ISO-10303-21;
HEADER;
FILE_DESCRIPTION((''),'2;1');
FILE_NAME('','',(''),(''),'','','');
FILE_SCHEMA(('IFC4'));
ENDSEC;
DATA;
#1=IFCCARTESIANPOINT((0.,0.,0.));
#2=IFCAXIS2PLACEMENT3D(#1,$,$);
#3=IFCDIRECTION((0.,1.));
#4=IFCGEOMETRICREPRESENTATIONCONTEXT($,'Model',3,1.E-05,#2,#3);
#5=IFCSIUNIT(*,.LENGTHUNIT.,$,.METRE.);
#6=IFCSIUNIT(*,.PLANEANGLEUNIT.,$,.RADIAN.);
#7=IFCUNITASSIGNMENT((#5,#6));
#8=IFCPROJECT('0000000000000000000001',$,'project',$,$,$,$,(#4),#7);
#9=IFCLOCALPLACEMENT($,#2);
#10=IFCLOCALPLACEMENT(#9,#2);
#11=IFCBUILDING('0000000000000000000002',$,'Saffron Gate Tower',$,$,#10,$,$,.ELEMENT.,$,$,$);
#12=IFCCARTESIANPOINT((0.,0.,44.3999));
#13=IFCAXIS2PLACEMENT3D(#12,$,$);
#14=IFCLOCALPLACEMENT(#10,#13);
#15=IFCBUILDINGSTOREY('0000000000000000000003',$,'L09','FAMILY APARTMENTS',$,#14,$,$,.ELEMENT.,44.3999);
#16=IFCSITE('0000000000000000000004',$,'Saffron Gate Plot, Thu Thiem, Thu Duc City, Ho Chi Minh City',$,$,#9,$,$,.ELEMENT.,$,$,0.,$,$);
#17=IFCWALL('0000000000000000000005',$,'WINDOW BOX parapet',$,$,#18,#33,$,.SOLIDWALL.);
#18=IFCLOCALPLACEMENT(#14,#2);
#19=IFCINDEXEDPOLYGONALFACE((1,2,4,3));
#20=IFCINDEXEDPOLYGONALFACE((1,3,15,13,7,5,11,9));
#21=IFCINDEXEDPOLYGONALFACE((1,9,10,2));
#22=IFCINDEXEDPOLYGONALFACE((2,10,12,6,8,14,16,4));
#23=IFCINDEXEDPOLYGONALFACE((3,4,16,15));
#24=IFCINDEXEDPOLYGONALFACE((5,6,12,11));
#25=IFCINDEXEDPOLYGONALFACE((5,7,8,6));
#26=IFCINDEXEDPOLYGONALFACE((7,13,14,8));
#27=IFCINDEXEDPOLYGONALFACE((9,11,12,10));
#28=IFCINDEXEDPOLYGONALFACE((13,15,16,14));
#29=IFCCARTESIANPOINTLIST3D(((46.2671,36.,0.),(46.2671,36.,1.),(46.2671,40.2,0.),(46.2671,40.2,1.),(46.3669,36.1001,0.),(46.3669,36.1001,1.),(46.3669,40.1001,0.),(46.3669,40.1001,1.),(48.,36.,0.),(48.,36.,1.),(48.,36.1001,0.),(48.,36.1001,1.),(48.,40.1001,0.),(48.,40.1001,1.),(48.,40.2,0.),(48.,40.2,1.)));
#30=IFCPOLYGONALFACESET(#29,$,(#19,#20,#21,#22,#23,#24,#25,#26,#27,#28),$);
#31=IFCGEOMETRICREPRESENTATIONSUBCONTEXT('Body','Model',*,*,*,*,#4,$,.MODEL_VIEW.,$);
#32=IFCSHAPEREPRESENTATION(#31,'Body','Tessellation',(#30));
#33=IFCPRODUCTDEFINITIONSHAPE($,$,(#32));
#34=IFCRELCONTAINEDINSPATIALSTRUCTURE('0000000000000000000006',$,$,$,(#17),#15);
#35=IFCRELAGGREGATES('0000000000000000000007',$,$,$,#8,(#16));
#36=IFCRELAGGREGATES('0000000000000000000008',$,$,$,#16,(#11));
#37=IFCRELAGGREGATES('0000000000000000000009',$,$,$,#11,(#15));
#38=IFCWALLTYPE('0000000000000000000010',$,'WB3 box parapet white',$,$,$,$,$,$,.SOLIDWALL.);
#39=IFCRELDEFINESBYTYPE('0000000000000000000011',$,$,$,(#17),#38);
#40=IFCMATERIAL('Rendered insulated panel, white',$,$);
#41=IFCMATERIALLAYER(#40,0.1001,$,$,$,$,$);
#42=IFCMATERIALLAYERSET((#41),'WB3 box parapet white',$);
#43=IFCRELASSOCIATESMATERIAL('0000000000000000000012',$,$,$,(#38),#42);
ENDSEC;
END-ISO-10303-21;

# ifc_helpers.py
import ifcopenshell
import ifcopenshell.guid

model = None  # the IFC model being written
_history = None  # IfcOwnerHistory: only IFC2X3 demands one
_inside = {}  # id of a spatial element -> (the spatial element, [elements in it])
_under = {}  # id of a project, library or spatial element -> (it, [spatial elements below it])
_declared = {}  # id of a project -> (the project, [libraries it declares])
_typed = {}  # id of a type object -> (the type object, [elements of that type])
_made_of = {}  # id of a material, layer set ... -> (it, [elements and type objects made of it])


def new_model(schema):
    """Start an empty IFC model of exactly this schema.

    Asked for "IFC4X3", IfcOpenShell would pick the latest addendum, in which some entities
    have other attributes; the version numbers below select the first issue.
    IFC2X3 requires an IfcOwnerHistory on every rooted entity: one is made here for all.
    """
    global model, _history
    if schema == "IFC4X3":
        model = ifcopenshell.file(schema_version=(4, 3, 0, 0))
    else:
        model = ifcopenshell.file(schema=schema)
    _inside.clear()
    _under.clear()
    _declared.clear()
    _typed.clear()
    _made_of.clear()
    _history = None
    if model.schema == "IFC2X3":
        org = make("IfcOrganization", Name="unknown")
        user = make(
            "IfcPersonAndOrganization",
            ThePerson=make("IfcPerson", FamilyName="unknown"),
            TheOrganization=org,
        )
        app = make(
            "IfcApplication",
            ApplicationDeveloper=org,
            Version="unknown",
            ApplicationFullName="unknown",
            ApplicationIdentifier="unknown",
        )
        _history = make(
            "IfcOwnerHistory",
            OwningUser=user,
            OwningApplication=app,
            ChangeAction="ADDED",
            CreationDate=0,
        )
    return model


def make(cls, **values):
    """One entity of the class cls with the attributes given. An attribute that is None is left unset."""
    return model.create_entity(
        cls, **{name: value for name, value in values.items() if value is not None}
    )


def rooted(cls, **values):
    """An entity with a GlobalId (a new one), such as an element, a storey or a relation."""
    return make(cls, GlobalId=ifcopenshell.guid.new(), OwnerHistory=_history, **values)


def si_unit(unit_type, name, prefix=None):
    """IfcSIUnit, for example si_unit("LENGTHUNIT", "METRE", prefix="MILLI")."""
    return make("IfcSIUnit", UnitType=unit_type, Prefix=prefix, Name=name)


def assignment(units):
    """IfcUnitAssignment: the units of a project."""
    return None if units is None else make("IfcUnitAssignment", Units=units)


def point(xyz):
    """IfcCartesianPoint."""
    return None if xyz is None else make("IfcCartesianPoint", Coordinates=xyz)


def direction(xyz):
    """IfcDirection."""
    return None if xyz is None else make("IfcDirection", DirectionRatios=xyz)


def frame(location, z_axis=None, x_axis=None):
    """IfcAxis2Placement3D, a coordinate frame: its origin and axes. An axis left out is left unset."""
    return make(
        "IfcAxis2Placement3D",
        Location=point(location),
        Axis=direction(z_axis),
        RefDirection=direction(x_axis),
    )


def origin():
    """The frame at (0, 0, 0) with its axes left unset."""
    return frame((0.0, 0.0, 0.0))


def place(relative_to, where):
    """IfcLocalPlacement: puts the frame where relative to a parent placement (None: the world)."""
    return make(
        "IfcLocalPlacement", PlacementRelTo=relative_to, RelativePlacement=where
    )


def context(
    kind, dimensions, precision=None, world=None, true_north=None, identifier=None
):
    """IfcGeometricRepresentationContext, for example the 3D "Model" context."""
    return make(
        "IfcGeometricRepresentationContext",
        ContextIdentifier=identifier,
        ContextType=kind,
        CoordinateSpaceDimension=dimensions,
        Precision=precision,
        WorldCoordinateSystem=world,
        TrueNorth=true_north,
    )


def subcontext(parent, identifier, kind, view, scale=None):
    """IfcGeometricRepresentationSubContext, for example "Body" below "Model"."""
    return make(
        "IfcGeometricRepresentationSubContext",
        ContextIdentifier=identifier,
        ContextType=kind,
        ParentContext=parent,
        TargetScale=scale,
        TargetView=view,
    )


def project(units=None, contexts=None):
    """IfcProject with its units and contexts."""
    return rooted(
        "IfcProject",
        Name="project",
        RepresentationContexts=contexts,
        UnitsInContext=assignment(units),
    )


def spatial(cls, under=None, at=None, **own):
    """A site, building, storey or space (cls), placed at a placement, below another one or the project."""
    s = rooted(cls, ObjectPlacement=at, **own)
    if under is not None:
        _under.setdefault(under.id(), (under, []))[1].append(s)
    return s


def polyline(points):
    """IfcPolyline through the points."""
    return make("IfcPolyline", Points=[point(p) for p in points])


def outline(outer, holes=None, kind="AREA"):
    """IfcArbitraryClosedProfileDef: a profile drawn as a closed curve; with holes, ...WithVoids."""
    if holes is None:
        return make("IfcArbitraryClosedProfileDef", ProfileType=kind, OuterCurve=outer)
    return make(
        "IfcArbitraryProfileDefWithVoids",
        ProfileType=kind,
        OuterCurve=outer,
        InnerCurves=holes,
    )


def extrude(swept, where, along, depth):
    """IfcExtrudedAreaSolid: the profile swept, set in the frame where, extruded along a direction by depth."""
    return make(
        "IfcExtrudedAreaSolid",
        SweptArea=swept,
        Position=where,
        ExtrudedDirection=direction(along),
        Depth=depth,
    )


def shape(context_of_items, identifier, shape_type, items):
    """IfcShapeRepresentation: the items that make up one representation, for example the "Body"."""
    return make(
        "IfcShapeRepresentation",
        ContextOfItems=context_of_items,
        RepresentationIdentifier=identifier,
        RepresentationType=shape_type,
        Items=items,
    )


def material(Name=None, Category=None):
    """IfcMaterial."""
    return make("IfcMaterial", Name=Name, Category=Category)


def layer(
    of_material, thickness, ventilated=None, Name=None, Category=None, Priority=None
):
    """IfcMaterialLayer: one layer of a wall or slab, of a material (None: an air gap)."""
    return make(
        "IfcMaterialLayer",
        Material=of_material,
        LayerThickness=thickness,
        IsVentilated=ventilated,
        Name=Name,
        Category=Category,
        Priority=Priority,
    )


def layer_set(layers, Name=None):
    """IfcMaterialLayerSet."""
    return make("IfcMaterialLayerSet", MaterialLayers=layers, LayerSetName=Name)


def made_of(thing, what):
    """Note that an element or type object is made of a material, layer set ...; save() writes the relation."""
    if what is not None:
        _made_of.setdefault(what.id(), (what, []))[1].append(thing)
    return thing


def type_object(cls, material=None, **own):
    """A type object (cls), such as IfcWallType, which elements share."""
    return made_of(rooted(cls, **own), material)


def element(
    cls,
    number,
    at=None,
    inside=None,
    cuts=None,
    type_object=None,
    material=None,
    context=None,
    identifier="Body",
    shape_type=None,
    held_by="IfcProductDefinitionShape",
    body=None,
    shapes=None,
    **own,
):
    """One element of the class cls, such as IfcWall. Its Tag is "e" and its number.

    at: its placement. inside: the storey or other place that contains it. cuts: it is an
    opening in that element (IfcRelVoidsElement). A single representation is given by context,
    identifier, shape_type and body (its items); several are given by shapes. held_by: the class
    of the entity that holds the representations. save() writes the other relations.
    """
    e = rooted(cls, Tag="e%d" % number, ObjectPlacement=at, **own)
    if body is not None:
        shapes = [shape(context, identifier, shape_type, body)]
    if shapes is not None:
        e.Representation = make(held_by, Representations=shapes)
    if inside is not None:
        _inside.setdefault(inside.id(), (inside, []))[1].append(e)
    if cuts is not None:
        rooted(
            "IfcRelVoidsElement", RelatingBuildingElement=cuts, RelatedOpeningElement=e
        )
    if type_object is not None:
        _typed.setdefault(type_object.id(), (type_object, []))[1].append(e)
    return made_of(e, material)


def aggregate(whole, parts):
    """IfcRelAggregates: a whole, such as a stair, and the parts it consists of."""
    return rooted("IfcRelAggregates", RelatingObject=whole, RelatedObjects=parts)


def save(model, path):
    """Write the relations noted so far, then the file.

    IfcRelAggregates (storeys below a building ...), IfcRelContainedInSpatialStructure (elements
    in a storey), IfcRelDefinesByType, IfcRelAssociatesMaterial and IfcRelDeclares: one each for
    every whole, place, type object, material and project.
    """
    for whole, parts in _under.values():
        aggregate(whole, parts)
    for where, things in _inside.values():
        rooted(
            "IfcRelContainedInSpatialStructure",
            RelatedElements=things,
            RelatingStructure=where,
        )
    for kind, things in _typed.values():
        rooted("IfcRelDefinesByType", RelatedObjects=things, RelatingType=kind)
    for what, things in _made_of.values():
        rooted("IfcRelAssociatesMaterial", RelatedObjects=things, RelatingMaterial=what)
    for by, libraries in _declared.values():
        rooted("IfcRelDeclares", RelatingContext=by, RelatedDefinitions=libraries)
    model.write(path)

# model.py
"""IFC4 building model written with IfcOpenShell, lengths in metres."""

from ifc_helpers import new_model, si_unit, direction, frame, origin, place, context, subcontext, project, spatial, polyline, outline, extrude, material, layer, layer_set, type_object, element, save


model = new_model("IFC4")

# Units and contexts
model_context = context("Model", 3, precision=1e-05, world=origin(), true_north=direction((0.0, 1.0)))
body_context = subcontext(model_context, "Body", "Model", "MODEL_VIEW")
ifc_project = project(units=[si_unit("LENGTHUNIT", "METRE"), si_unit("PLANEANGLEUNIT", "RADIAN")], contexts=[model_context])

# Site, building, storey
site_placement = place(None, origin())
site = spatial("IfcSite", under=ifc_project, at=site_placement, Name="Saffron Gate Plot, Thu Thiem, Thu Duc City, Ho Chi Minh City", CompositionType="ELEMENT", RefElevation=0.0)
building_placement = place(site_placement, origin())
building = spatial("IfcBuilding", under=site, at=building_placement, Name="Saffron Gate Tower", CompositionType="ELEMENT")
storey_placement = place(building_placement, frame((0.0, 0.0, 44.3999)))
storey = spatial("IfcBuildingStorey", under=building, at=storey_placement, Name="L09", Description="FAMILY APARTMENTS", CompositionType="ELEMENT", Elevation=44.3999)

# Wall
ifc_material_1 = material(Name="Rendered insulated panel, white")
ifc_layer_1 = layer(ifc_material_1, 0.1001)
ifc_layer_set_1 = layer_set([ifc_layer_1], Name="WB3 box parapet white")
wall_type_1 = type_object("IfcWallType", Name="WB3 box parapet white", PredefinedType="SOLIDWALL", material=ifc_layer_set_1)
wall_1_placement = place(storey_placement, origin())
element("IfcWall", 1, at=wall_1_placement, inside=storey, type_object=wall_type_1, Name="WINDOW BOX parapet", PredefinedType="SOLIDWALL", context=body_context, shape_type="SweptSolid", body=[
    extrude(outline(polyline([(48.0, 40.2), (48.0, 40.1001), (46.3669, 40.1001), (46.3669, 36.1001), (48.0, 36.1001), (48.0, 36.0), (46.2671, 36.0), (46.2671, 40.2), (48.0, 40.2)])), origin(), (0.0, 0.0, 1.0), 1.0),
])

save(model, "model.ifc")
